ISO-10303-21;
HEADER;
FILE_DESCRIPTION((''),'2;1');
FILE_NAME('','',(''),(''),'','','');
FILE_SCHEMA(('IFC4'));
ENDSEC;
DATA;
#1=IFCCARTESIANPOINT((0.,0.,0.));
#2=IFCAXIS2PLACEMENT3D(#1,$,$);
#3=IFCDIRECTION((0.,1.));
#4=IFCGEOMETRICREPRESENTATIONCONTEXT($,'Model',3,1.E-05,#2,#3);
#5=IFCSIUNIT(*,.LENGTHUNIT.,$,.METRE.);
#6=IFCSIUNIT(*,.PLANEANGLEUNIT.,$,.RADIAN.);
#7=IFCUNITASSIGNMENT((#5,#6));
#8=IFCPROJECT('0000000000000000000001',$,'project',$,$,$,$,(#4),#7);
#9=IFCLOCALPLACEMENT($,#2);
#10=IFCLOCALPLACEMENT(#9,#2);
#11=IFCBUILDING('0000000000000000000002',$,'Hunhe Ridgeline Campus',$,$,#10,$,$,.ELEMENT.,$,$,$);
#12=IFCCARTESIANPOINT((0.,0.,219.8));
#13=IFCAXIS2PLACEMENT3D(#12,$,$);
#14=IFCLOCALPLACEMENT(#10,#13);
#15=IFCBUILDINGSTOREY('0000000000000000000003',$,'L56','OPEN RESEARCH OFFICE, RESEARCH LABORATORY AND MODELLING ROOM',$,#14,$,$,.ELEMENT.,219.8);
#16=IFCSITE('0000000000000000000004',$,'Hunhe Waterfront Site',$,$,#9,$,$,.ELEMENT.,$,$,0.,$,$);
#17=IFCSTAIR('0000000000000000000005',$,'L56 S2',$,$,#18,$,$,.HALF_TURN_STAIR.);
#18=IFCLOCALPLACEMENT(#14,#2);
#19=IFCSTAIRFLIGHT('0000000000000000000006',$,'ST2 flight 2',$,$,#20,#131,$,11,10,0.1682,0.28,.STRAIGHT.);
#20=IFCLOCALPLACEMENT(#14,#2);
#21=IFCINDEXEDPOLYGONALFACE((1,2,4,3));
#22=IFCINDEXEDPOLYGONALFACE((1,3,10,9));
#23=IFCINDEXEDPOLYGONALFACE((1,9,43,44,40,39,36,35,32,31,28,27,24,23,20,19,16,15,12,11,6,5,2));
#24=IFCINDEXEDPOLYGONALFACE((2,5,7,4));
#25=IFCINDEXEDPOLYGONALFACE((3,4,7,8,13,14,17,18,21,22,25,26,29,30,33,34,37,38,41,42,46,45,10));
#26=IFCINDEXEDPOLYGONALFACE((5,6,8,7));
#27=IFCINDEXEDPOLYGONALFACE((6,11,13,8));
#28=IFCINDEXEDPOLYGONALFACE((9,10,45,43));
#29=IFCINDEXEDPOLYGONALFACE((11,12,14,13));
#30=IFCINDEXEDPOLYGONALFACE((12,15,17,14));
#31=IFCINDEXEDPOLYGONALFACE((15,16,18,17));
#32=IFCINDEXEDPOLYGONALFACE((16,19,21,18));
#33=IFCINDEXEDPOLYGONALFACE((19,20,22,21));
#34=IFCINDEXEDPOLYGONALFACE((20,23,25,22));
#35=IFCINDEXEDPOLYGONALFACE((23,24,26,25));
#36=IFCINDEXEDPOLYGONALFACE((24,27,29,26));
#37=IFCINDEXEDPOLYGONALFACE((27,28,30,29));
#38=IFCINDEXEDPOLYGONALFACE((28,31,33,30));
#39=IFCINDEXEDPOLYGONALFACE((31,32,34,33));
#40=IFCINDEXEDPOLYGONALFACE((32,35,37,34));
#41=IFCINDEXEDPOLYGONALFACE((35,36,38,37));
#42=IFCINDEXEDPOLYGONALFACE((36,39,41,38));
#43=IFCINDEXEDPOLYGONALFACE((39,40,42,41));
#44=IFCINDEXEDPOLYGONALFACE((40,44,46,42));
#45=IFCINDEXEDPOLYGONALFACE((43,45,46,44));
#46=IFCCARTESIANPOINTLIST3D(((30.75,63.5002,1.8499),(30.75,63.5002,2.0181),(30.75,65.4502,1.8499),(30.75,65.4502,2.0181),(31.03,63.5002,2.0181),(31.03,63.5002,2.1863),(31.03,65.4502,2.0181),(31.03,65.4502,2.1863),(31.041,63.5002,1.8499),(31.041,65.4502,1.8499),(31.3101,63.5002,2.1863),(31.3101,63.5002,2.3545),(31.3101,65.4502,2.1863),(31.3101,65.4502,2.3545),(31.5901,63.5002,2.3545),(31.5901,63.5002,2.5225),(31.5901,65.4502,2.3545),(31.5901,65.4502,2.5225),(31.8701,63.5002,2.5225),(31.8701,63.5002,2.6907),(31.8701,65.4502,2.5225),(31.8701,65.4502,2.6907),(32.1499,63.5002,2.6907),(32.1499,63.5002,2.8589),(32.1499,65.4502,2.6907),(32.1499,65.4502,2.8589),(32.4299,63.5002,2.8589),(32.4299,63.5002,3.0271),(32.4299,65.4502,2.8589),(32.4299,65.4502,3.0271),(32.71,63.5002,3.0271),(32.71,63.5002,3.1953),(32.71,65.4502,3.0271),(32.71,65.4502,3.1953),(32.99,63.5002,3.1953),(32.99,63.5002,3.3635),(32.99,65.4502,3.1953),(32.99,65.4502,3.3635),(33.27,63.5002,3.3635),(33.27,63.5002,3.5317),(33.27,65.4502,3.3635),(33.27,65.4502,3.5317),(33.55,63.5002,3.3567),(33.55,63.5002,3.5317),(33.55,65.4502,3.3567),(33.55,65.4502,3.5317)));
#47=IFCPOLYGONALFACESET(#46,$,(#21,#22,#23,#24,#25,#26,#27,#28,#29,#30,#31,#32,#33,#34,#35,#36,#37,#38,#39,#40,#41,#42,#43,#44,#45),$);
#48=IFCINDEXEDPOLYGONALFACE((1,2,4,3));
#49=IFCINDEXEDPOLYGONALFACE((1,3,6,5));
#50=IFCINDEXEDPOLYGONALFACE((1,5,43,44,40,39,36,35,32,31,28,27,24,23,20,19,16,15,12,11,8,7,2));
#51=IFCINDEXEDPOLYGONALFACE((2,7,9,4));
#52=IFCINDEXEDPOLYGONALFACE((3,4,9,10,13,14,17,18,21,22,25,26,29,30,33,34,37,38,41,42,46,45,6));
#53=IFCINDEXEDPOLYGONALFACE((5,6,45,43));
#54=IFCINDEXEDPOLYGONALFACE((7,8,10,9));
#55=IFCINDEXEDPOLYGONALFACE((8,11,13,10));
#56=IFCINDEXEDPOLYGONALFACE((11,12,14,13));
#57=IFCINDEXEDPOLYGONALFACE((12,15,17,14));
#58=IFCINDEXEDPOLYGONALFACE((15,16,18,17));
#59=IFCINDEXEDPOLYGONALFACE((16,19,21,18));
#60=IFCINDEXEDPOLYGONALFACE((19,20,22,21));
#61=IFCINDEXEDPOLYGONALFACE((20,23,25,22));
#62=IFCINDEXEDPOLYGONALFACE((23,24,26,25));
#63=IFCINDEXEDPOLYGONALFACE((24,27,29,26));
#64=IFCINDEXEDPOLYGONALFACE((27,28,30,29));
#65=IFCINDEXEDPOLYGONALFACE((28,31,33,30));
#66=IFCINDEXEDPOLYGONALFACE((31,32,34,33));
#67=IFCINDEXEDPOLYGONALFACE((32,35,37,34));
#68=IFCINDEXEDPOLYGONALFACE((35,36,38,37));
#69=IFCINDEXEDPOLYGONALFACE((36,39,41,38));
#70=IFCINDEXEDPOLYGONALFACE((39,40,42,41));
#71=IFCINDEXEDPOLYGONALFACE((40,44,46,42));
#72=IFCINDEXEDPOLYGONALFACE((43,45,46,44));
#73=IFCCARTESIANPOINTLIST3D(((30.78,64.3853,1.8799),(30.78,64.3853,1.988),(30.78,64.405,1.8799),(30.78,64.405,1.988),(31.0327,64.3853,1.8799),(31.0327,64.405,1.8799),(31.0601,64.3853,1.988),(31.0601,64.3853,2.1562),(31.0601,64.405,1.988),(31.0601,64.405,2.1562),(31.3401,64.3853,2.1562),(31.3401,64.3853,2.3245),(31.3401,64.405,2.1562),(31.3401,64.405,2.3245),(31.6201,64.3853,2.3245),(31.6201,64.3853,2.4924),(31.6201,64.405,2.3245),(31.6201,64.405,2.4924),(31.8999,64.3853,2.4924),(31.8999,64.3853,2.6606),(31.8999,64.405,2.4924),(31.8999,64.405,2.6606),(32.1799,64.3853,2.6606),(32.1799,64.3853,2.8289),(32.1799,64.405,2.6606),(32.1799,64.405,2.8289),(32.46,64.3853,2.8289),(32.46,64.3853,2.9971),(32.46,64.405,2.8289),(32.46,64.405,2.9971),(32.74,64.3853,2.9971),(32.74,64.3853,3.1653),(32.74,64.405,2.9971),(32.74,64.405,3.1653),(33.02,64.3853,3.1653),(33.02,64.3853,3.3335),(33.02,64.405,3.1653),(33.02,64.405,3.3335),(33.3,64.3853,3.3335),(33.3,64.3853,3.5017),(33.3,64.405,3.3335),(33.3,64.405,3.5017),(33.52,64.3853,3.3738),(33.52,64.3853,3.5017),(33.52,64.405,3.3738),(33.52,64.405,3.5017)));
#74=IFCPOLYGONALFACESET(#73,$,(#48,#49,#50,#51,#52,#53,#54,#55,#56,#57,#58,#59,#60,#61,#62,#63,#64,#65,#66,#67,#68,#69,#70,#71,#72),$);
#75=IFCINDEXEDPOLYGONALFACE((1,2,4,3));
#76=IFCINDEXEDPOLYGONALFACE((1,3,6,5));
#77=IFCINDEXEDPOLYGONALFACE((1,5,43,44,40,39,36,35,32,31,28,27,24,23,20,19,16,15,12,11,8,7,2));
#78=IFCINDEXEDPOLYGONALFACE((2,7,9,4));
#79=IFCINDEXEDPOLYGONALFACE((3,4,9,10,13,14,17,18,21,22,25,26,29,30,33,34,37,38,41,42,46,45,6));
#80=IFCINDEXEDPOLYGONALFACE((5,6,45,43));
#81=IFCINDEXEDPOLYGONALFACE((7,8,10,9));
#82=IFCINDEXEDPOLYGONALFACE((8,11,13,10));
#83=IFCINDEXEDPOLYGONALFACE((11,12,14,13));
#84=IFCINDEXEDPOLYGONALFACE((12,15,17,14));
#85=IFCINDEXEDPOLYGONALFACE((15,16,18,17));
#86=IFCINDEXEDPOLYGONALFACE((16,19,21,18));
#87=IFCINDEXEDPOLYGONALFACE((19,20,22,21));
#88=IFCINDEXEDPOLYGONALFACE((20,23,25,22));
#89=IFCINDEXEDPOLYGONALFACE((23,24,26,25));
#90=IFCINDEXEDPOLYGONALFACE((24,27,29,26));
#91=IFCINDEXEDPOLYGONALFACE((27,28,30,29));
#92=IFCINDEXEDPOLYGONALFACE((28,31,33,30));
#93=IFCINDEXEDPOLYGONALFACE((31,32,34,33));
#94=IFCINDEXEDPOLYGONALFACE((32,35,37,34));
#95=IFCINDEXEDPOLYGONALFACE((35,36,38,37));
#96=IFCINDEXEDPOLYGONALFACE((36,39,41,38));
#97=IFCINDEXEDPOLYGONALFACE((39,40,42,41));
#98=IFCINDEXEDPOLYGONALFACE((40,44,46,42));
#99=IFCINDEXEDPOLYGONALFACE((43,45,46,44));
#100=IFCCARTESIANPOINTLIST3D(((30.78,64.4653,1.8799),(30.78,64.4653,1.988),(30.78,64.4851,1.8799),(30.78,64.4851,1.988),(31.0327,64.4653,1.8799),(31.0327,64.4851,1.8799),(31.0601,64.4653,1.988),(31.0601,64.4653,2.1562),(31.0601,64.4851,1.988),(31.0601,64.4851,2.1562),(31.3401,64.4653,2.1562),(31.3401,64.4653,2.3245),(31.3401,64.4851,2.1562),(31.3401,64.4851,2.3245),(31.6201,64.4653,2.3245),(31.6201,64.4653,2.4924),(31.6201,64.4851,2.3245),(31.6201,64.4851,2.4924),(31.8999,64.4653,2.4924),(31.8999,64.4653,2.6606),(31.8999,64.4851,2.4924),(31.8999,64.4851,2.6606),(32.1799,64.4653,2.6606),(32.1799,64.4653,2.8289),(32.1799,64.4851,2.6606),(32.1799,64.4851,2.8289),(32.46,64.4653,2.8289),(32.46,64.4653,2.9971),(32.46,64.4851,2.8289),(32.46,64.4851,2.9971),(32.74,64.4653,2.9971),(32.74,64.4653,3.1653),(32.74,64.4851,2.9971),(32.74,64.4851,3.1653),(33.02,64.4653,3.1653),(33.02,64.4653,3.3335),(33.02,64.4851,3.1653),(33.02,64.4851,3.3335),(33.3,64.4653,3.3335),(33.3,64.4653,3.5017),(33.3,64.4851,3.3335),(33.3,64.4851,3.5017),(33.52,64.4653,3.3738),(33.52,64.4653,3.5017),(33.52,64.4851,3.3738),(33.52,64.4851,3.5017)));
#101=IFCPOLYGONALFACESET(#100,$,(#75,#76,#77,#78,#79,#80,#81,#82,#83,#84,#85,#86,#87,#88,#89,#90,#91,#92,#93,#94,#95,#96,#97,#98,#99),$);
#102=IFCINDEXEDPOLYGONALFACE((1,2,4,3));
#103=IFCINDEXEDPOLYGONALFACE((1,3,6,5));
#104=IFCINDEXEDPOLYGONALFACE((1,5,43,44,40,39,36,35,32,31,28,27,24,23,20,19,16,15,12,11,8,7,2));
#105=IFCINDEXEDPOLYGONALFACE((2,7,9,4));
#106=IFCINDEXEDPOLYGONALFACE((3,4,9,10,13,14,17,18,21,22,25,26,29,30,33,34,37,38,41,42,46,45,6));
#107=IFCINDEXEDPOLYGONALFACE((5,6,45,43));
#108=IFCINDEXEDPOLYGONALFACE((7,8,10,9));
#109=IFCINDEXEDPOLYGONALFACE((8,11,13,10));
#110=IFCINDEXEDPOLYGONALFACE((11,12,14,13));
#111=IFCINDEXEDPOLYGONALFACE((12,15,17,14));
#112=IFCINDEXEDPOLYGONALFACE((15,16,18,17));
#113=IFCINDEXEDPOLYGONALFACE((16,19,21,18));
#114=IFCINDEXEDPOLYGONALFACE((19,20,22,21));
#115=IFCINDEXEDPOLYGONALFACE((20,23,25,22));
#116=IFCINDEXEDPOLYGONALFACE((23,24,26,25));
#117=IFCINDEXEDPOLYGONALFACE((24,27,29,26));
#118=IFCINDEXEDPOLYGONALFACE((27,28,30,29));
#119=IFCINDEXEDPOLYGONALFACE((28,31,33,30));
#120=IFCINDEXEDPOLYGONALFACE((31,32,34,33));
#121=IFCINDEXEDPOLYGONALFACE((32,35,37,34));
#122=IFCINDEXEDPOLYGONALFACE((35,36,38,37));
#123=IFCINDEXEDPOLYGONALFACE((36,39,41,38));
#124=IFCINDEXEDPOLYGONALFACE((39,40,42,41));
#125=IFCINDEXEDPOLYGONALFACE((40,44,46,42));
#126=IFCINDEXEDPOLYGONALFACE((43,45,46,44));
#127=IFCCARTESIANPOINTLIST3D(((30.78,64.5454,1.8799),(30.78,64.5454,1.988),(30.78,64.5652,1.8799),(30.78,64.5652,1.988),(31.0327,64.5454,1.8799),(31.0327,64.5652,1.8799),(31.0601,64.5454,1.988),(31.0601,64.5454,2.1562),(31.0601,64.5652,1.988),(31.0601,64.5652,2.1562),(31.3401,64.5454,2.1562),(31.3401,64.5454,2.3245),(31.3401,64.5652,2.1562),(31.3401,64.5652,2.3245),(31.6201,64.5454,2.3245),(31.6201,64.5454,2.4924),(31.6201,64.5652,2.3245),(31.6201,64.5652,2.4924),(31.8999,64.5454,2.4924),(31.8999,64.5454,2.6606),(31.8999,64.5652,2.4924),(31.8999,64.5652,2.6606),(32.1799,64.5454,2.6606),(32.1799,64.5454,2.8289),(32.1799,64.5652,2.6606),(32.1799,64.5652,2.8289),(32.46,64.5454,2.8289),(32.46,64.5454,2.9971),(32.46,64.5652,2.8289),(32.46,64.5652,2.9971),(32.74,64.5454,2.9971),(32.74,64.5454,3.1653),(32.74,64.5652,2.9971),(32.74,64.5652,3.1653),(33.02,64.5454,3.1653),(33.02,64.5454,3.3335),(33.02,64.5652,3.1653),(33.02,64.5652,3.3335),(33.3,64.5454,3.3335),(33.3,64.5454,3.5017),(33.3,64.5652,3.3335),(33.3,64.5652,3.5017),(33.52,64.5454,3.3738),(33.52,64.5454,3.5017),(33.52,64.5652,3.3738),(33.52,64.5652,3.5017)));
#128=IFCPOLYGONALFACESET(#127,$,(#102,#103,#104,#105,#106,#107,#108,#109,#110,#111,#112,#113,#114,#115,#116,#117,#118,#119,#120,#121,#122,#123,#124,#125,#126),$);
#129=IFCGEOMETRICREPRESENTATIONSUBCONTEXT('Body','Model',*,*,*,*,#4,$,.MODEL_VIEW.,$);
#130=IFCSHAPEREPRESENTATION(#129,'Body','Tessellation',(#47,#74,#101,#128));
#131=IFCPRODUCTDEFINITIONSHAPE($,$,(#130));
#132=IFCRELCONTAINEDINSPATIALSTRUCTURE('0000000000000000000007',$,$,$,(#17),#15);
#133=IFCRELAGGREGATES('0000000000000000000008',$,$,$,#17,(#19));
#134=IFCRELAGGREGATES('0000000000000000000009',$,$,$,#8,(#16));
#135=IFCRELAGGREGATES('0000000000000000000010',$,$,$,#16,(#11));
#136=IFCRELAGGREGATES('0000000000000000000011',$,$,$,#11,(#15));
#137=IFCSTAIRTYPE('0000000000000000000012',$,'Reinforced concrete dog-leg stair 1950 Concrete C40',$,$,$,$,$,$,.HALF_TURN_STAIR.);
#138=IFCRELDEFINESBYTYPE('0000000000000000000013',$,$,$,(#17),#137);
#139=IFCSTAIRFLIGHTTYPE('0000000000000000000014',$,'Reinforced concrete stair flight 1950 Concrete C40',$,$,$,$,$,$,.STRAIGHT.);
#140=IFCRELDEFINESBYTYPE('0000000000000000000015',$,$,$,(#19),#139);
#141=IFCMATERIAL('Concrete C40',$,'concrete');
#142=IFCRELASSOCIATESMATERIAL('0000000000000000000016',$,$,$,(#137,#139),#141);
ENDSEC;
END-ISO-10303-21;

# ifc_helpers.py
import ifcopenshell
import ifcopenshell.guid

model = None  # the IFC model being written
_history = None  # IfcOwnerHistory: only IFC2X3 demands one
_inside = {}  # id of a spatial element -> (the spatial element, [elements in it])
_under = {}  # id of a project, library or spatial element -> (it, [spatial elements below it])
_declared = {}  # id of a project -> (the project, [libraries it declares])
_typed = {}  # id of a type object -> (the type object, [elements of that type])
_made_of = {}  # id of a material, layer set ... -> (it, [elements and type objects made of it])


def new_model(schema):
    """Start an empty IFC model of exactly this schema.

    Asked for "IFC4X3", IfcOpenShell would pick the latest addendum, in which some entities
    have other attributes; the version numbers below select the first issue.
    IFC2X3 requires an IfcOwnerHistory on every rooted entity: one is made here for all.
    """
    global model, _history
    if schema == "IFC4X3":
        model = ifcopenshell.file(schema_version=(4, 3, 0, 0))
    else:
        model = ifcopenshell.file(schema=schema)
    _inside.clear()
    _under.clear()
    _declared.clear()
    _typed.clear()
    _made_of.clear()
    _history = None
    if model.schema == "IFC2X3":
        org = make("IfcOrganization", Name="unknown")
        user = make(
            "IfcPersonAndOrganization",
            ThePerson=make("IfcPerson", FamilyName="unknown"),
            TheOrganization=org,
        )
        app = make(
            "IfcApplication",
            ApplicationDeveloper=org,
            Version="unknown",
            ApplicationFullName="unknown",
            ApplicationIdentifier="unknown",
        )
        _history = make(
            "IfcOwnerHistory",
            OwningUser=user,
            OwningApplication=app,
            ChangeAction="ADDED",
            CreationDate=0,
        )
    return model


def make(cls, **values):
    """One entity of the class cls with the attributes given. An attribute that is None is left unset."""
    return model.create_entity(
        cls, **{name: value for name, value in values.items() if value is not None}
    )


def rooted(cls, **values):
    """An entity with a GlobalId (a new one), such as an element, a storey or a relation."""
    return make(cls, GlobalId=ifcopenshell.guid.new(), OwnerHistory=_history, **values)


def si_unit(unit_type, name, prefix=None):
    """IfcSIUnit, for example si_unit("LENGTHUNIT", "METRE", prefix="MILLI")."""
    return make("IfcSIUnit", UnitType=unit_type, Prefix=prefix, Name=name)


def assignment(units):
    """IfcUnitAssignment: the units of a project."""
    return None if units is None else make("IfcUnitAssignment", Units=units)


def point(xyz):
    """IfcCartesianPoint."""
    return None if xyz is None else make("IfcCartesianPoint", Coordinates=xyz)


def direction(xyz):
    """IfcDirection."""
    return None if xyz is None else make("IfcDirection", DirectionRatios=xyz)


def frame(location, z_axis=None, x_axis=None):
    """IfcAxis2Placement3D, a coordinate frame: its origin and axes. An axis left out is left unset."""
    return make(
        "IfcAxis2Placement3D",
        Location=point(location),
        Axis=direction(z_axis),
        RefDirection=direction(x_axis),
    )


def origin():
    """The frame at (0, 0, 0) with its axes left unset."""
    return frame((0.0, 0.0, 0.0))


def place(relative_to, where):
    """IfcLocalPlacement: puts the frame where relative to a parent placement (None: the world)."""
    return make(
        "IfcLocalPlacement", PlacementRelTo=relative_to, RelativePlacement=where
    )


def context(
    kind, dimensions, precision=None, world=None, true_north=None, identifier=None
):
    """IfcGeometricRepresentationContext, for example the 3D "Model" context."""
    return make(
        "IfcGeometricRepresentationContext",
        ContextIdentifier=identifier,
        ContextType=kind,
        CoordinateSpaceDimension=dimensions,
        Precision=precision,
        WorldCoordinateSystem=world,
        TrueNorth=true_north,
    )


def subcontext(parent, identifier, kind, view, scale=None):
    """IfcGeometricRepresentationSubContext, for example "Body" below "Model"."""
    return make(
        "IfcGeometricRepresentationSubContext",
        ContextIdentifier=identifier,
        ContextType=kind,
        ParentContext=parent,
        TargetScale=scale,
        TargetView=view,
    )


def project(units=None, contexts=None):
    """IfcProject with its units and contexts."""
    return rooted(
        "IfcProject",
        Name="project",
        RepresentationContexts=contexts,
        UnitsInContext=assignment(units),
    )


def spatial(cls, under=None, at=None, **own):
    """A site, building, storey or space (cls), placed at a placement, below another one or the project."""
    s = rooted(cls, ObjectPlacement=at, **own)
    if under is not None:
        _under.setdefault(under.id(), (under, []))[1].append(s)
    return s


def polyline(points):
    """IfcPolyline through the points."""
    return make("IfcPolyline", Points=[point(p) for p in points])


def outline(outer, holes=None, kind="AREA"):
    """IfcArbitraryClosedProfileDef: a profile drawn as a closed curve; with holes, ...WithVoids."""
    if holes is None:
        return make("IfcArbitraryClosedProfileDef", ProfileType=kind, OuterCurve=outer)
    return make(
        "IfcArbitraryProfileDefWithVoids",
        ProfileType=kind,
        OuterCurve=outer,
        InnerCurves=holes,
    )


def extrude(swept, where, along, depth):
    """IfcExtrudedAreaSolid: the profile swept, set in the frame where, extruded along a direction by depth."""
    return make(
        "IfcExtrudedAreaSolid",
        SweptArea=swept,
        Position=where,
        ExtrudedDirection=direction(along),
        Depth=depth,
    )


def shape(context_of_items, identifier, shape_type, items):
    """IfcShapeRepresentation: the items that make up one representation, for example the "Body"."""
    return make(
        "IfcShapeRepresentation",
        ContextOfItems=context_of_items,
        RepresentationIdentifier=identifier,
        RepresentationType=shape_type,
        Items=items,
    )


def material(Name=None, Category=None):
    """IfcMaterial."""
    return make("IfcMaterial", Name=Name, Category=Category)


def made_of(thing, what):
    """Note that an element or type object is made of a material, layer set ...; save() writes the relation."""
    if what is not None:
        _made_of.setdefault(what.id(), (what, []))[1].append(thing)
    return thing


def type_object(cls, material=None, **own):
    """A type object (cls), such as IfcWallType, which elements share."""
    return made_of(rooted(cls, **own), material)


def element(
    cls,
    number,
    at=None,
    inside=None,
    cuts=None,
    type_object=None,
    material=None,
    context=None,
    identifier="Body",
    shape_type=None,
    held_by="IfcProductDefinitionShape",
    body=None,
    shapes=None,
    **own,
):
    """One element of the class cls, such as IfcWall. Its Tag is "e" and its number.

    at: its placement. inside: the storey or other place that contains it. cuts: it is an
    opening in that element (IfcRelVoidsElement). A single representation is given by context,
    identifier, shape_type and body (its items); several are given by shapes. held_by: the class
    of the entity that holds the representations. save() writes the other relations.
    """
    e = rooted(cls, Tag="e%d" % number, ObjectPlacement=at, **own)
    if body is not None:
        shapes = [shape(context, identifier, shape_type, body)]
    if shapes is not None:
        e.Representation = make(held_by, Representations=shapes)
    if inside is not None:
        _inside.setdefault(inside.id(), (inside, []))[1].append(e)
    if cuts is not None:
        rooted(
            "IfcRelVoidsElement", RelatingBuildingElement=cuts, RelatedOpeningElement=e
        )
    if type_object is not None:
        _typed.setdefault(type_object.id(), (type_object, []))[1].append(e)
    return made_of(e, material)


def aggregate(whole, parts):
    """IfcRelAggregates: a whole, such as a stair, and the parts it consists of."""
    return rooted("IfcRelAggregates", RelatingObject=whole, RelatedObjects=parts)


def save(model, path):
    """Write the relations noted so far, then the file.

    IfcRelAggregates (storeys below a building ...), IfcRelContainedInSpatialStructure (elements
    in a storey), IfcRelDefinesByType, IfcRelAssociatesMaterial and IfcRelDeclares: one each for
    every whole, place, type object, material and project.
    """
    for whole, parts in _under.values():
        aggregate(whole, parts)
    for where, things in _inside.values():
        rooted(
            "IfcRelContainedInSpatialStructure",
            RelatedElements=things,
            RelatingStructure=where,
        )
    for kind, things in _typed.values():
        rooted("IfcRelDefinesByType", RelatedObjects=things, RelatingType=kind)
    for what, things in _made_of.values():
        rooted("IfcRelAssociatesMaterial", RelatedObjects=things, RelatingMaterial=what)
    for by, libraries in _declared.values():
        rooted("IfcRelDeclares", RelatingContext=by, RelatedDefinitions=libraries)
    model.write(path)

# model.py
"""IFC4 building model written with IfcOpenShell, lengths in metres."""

from ifc_helpers import new_model, si_unit, direction, frame, origin, place, context, subcontext, project, spatial, polyline, outline, extrude, material, type_object, element, aggregate, save


model = new_model("IFC4")

# Units and contexts
model_context = context("Model", 3, precision=1e-05, world=origin(), true_north=direction((0.0, 1.0)))
body_context = subcontext(model_context, "Body", "Model", "MODEL_VIEW")
ifc_project = project(units=[si_unit("LENGTHUNIT", "METRE"), si_unit("PLANEANGLEUNIT", "RADIAN")], contexts=[model_context])

# Site, building, storey
site_placement = place(None, origin())
site = spatial("IfcSite", under=ifc_project, at=site_placement, Name="Hunhe Waterfront Site", CompositionType="ELEMENT", RefElevation=0.0)
building_placement = place(site_placement, origin())
building = spatial("IfcBuilding", under=site, at=building_placement, Name="Hunhe Ridgeline Campus", CompositionType="ELEMENT")
storey_placement = place(building_placement, frame((0.0, 0.0, 219.8)))
storey = spatial("IfcBuildingStorey", under=building, at=storey_placement, Name="L56", Description="OPEN RESEARCH OFFICE, RESEARCH LABORATORY AND MODELLING ROOM", CompositionType="ELEMENT", Elevation=219.8)

# Stair, stair flight
ifc_material_1 = material(Name="Concrete C40", Category="concrete")
stair_type = type_object("IfcStairType", Name="Reinforced concrete dog-leg stair 1950 Concrete C40", PredefinedType="HALF_TURN_STAIR", material=ifc_material_1)
stair_placement = place(storey_placement, origin())
stair = element("IfcStair", 1, at=stair_placement, inside=storey, type_object=stair_type, Name="L56 S2", PredefinedType="HALF_TURN_STAIR")
stair_flight_type = type_object("IfcStairFlightType", Name="Reinforced concrete stair flight 1950 Concrete C40", PredefinedType="STRAIGHT", material=ifc_material_1)
stair_flight_1_placement = place(storey_placement, frame((30.75, 64.4751, 1.8499), z_axis=(0.0, 0.0, 1.0), x_axis=(1.0, 0.0, 0.0)))
stair_flight_1 = element("IfcStairFlight", 2, at=stair_flight_1_placement, type_object=stair_flight_type, Name="ST2 flight 2", NumberOfRisers=11, NumberOfTreads=10, PredefinedType="STRAIGHT", RiserHeight=0.1682, TreadLength=0.28, context=body_context, shape_type="SweptSolid", body=[
    extrude(outline(polyline([(0.0, 0.0), (0.0, 0.1682), (0.28, 0.1682), (0.28, 0.3364), (0.5601, 0.3364), (0.5601, 0.5046), (0.8401, 0.5046), (0.8401, 0.6726), (1.1201, 0.6726), (1.1201, 0.8408), (1.3999, 0.8408), (1.3999, 1.009), (1.6799, 1.009), (1.6799, 1.1772), (1.96, 1.1772), (1.96, 1.3455), (2.24, 1.3455), (2.24, 1.5137), (2.52, 1.5137), (2.52, 1.6819), (2.8, 1.6819), (2.8, 1.8501), (2.8, 1.5068), (0.291, 0.0), (0.0, 0.0)])), frame((0.0, 0.9751, 0.0), z_axis=(0.0, -1.0, 0.0), x_axis=(1.0, 0.0, 0.0)), (0.0, 0.0, 1.0), 1.95),
    extrude(outline(polyline([(0.03, 0.03), (0.03, 0.1382), (0.3101, 0.1382), (0.3101, 0.3064), (0.5901, 0.3064), (0.5901, 0.4746), (0.8701, 0.4746), (0.8701, 0.6426), (1.1499, 0.6426), (1.1499, 0.8108), (1.4299, 0.8108), (1.4299, 0.979), (1.71, 0.979), (1.71, 1.1472), (1.99, 1.1472), (1.99, 1.3154), (2.27, 1.3154), (2.27, 1.4836), (2.55, 1.4836), (2.55, 1.6519), (2.77, 1.6519), (2.77, 1.5239), (0.2827, 0.03), (0.03, 0.03)])), frame((0.0, -0.0701, 0.0), z_axis=(0.0, -1.0, 0.0), x_axis=(1.0, 0.0, 0.0)), (0.0, 0.0, 1.0), 0.0198),
    extrude(outline(polyline([(0.03, 0.03), (0.03, 0.1382), (0.3101, 0.1382), (0.3101, 0.3064), (0.5901, 0.3064), (0.5901, 0.4746), (0.8701, 0.4746), (0.8701, 0.6426), (1.1499, 0.6426), (1.1499, 0.8108), (1.4299, 0.8108), (1.4299, 0.979), (1.71, 0.979), (1.71, 1.1472), (1.99, 1.1472), (1.99, 1.3154), (2.27, 1.3154), (2.27, 1.4836), (2.55, 1.4836), (2.55, 1.6519), (2.77, 1.6519), (2.77, 1.5239), (0.2827, 0.03), (0.03, 0.03)])), frame((0.0, 0.01, 0.0), z_axis=(0.0, -1.0, 0.0), x_axis=(1.0, 0.0, 0.0)), (0.0, 0.0, 1.0), 0.0198),
    extrude(outline(polyline([(0.03, 0.03), (0.03, 0.1382), (0.3101, 0.1382), (0.3101, 0.3064), (0.5901, 0.3064), (0.5901, 0.4746), (0.8701, 0.4746), (0.8701, 0.6426), (1.1499, 0.6426), (1.1499, 0.8108), (1.4299, 0.8108), (1.4299, 0.979), (1.71, 0.979), (1.71, 1.1472), (1.99, 1.1472), (1.99, 1.3154), (2.27, 1.3154), (2.27, 1.4836), (2.55, 1.4836), (2.55, 1.6519), (2.77, 1.6519), (2.77, 1.5239), (0.2827, 0.03), (0.03, 0.03)])), frame((0.0, 0.0901, 0.0), z_axis=(0.0, -1.0, 0.0), x_axis=(1.0, 0.0, 0.0)), (0.0, 0.0, 1.0), 0.0198),
])
aggregate(stair, [stair_flight_1])

save(model, "model.ifc")
